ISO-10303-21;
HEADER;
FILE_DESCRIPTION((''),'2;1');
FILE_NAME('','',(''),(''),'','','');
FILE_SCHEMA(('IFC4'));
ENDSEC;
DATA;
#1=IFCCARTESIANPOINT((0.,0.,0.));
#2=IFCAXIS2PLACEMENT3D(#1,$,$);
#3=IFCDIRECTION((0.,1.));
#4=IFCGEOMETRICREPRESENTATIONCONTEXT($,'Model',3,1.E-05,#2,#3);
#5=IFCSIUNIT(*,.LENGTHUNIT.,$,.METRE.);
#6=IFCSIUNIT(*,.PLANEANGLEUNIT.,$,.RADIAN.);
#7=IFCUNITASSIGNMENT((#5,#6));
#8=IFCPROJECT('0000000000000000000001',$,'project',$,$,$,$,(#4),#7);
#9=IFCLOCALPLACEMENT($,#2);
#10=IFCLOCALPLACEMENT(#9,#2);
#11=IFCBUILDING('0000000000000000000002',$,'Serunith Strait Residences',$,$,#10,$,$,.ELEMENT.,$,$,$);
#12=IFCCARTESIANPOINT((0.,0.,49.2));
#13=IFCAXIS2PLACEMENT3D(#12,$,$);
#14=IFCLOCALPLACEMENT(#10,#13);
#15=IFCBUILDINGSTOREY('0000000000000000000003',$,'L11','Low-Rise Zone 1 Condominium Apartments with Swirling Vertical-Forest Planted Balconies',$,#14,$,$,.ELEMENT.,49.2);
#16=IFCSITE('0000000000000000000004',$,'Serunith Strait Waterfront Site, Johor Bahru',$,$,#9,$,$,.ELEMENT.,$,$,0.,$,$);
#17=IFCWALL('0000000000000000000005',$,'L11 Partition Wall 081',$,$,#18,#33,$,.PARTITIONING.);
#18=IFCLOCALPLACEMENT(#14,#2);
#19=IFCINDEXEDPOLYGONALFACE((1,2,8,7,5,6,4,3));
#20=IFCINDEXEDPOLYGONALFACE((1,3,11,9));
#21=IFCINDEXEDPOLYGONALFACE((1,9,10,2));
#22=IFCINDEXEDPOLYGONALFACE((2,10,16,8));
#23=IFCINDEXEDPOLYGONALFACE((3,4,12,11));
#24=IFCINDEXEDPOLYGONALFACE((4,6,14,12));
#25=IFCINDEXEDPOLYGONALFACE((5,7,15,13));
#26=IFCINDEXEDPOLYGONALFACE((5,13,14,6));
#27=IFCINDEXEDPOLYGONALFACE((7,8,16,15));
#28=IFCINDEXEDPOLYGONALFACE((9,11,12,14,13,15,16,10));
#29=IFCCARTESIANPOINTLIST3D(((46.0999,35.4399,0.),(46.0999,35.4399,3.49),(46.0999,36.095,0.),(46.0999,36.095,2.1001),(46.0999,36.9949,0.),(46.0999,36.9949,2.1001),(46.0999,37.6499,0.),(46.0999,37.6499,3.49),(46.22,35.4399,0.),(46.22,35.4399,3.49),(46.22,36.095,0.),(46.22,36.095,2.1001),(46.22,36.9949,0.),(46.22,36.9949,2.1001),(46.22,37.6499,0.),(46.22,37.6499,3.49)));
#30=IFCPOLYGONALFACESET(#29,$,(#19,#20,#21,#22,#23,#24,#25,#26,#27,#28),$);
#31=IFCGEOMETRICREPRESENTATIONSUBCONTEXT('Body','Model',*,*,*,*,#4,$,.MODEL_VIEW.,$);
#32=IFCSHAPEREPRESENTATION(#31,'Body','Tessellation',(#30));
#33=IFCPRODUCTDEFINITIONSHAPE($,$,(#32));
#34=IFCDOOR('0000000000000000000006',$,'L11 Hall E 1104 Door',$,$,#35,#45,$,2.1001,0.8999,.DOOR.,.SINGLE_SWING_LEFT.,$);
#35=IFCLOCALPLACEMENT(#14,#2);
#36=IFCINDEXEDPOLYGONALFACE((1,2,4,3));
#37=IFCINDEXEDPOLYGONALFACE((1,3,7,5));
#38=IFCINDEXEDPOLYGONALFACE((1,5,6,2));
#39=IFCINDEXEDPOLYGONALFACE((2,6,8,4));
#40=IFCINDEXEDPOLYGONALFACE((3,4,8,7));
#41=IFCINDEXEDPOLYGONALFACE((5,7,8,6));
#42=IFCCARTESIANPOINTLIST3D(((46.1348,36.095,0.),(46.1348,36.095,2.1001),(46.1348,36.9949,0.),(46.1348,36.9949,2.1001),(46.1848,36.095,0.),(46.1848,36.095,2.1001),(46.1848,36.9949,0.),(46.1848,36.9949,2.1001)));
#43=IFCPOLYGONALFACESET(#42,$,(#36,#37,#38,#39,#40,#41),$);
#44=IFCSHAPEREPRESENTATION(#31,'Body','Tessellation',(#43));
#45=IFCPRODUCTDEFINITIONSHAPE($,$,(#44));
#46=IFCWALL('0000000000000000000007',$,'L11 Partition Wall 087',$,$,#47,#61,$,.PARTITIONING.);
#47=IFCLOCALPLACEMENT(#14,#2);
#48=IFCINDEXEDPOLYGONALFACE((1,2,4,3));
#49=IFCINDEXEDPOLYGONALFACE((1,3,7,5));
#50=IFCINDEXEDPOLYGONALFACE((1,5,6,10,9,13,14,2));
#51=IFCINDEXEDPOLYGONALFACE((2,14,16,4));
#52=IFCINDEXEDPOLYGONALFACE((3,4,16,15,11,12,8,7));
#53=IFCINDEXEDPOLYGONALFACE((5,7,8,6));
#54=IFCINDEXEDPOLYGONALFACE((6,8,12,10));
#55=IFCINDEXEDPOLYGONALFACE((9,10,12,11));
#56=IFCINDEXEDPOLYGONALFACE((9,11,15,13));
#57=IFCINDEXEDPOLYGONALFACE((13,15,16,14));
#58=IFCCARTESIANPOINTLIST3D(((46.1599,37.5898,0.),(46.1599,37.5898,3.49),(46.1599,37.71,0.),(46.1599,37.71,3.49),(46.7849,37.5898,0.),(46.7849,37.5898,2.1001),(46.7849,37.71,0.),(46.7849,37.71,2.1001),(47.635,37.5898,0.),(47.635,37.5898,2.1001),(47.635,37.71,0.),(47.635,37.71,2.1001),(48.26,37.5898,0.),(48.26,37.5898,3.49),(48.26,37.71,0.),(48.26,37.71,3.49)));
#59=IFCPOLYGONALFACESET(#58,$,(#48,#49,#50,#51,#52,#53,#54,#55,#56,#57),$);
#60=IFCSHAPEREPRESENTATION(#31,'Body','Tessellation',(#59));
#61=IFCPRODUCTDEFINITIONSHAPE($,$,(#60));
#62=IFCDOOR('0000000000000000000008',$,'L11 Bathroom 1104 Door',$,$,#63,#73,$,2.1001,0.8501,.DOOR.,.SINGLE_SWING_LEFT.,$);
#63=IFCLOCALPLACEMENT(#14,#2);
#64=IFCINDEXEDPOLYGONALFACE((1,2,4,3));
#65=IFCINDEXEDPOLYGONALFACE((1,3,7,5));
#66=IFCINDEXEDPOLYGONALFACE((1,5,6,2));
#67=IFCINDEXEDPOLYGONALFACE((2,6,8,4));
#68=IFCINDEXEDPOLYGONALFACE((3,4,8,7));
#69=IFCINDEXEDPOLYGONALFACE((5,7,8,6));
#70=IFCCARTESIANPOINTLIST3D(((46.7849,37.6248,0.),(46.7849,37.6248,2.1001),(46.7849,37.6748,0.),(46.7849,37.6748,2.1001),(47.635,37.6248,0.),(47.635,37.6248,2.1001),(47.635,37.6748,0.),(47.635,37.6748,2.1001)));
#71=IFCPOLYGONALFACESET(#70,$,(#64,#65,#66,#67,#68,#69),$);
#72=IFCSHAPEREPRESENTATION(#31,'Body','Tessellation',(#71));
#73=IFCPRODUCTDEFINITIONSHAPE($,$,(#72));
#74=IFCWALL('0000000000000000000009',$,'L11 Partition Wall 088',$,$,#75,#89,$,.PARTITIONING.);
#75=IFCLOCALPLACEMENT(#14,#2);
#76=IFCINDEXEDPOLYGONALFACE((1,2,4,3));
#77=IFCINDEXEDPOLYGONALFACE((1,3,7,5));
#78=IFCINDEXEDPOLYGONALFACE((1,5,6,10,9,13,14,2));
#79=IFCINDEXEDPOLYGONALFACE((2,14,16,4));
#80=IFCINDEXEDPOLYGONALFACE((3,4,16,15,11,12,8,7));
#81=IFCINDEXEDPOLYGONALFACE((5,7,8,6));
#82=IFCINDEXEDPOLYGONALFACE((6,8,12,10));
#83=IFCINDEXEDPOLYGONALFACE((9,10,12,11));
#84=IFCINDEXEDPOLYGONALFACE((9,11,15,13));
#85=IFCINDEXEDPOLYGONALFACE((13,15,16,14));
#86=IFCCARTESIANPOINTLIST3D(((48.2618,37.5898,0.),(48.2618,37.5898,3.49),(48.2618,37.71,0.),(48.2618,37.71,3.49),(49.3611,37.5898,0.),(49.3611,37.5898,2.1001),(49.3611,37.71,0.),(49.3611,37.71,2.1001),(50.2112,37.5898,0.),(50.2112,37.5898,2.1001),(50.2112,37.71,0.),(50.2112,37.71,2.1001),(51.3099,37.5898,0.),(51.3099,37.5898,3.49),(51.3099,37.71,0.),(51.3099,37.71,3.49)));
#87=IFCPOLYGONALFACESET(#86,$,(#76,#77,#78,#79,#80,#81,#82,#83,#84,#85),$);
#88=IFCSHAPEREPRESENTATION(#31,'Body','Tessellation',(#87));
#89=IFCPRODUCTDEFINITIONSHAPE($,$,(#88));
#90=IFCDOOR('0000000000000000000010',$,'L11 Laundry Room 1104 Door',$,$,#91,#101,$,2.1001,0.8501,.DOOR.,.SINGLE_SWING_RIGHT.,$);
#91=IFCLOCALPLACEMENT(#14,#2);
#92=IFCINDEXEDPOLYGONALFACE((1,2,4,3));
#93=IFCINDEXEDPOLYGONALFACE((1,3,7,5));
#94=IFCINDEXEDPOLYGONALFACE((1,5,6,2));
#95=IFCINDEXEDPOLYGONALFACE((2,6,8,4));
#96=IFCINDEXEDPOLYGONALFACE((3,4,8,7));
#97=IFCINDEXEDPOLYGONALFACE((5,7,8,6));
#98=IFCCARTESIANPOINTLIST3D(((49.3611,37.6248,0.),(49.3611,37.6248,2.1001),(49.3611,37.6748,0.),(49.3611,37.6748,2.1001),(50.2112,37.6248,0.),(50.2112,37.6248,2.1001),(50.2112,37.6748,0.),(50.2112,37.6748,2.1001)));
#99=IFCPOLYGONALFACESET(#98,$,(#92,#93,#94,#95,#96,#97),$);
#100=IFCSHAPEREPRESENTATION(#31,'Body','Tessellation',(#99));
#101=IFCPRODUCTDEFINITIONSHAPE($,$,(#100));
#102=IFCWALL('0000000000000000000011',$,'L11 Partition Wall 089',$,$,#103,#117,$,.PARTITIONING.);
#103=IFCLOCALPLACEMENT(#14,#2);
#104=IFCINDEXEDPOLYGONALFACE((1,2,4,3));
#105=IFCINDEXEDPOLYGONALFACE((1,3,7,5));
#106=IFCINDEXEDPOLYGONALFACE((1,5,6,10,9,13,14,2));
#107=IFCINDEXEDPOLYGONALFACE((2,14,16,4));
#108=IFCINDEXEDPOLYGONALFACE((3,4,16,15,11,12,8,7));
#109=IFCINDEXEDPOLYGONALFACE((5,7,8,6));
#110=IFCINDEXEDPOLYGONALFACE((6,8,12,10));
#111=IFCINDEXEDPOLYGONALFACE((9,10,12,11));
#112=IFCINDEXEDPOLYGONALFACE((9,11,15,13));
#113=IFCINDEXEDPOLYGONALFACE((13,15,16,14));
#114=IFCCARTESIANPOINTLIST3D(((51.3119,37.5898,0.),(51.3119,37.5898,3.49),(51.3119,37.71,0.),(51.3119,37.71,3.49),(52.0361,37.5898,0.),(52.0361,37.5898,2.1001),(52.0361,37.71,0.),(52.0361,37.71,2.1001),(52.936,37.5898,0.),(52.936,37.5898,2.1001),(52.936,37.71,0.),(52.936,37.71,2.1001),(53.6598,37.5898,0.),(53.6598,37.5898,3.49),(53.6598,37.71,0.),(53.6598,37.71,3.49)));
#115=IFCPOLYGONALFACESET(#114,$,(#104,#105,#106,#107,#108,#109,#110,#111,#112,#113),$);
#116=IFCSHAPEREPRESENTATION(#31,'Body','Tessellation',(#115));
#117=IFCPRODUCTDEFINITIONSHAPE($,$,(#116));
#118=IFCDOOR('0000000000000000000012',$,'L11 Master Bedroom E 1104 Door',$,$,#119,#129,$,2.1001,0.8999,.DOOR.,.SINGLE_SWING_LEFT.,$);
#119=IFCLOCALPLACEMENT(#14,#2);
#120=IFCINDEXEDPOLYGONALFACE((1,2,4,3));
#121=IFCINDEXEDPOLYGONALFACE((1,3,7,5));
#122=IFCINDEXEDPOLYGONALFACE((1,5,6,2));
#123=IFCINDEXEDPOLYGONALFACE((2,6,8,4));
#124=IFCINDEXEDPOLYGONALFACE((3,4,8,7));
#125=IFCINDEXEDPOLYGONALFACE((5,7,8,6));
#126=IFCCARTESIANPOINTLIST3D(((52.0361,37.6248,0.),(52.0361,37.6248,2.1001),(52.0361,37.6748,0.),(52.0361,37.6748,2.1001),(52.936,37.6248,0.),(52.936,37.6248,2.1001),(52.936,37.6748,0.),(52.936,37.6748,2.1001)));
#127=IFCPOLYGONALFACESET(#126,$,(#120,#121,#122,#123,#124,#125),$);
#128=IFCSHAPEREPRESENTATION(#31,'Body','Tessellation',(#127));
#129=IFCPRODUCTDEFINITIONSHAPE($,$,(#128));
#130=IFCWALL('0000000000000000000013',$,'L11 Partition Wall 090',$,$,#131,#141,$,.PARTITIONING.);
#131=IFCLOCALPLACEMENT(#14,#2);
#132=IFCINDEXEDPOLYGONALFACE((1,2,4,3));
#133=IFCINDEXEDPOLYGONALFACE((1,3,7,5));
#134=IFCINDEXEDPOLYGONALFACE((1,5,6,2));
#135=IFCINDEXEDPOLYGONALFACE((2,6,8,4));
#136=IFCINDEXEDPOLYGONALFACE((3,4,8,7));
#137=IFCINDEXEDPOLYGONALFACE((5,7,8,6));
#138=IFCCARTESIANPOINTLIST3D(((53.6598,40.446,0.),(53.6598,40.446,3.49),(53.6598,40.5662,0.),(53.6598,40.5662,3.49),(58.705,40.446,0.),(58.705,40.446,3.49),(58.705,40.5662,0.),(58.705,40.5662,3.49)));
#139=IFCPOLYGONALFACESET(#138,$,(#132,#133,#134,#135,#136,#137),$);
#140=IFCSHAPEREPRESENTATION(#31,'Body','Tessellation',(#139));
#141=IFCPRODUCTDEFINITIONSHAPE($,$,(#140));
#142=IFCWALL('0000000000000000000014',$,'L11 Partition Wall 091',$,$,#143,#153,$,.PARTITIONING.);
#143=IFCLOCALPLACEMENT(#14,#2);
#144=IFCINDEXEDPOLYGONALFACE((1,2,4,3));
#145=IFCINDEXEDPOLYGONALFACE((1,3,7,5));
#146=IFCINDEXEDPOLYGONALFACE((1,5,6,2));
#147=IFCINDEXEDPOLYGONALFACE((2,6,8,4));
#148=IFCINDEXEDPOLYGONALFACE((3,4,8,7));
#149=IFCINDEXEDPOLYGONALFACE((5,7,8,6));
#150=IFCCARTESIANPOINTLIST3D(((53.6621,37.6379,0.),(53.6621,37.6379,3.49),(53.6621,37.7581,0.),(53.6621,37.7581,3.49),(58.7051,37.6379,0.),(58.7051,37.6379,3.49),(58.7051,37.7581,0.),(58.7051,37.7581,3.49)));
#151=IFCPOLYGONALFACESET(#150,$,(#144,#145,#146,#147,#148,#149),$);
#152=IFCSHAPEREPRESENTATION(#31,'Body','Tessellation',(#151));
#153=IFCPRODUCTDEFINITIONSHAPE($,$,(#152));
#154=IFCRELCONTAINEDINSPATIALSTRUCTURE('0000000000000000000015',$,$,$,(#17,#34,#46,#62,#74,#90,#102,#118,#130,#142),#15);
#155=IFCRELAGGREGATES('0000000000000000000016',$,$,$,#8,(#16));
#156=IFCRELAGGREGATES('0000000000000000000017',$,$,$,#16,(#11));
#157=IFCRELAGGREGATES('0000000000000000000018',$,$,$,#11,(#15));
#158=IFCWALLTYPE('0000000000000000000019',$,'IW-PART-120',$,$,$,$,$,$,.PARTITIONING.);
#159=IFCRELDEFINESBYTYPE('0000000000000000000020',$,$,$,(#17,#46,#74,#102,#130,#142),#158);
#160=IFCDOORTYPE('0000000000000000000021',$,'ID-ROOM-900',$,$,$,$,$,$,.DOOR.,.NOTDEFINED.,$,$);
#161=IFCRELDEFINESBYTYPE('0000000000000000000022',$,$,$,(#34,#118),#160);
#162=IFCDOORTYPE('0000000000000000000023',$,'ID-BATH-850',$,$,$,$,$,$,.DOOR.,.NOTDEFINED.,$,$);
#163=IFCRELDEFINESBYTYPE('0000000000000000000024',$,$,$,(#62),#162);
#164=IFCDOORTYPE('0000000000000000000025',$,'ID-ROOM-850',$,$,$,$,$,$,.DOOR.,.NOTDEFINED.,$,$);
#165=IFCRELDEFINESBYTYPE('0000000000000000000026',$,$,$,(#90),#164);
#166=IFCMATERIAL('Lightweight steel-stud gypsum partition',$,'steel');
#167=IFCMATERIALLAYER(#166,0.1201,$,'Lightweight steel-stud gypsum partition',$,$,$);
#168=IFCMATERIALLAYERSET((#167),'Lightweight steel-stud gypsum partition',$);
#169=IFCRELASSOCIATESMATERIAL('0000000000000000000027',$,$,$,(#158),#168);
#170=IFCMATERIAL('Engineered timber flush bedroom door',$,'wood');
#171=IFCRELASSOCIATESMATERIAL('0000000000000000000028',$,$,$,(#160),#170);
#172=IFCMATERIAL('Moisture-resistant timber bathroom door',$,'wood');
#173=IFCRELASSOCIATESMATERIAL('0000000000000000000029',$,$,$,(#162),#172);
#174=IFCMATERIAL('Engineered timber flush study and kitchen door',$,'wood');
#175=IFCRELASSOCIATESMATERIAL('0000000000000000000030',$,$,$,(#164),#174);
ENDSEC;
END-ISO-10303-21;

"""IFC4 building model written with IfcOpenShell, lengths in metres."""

from ifc_helpers import new_model, si_unit, direction, frame, frame_2d, origin, place, context, subcontext, project, spatial, rectangle, extrude, source, transform, mapped, material, layer, layer_set, type_object, element, fill, save


model = new_model("IFC4")

# Units and contexts
model_context = context("Model", 3, precision=1e-05, world=origin(), true_north=direction((0.0, 1.0)))
body_context = subcontext(model_context, "Body", "Model", "MODEL_VIEW")
ifc_project = project(units=[si_unit("LENGTHUNIT", "METRE"), si_unit("PLANEANGLEUNIT", "RADIAN")], contexts=[model_context])

# Site, building, storey
site_placement = place(None, origin())
site = spatial("IfcSite", under=ifc_project, at=site_placement, Name="Serunith Strait Waterfront Site, Johor Bahru", CompositionType="ELEMENT", RefElevation=0.0)
building_placement = place(site_placement, origin())
building = spatial("IfcBuilding", under=site, at=building_placement, Name="Serunith Strait Residences", CompositionType="ELEMENT")
storey_placement = place(building_placement, frame((0.0, 0.0, 49.2)))
storey = spatial("IfcBuildingStorey", under=building, at=storey_placement, Name="L11", Description="Low-Rise Zone 1 Condominium Apartments with Swirling Vertical-Forest Planted Balconies", CompositionType="ELEMENT", Elevation=49.2)

# Walls, openings, doors
ifc_material_1 = material(Name="Lightweight steel-stud gypsum partition", Category="steel")
ifc_layer_1 = layer(ifc_material_1, 0.1201, Name="Lightweight steel-stud gypsum partition")
ifc_layer_set_1 = layer_set([ifc_layer_1], Name="Lightweight steel-stud gypsum partition")
wall_type = type_object("IfcWallType", Name="IW-PART-120", PredefinedType="PARTITIONING", material=ifc_layer_set_1)
wall_1_placement = place(storey_placement, frame((46.1599, 37.6499, 0.0), z_axis=(0.0, 0.0, 1.0), x_axis=(0.0, -1.0, 0.0)))
wall_1 = element("IfcWall", 1, at=wall_1_placement, inside=storey, type_object=wall_type, Name="L11 Partition Wall 081", PredefinedType="PARTITIONING", context=body_context, shape_type="SweptSolid", body=[
    extrude(rectangle(XDim=2.21, YDim=0.1201, at=frame_2d((1.105, 0.0))), origin(), (0.0, 0.0, 1.0), 3.49),
])
opening_1_placement = place(wall_1_placement, frame((0.655, 0.0, 0.0)))
opening_1 = element("IfcOpeningElement", 2, at=opening_1_placement, cuts=wall_1, PredefinedType="OPENING", context=body_context, shape_type="SweptSolid", body=[
    extrude(rectangle(XDim=0.8999, YDim=2.1001, at=frame_2d((0.45, 1.05))), frame((0.0, 0.0701, 0.0), z_axis=(0.0, -1.0, 0.0), x_axis=(1.0, 0.0, 0.0)), (0.0, 0.0, 1.0), 0.1401),
])
ifc_material_2 = material(Name="Engineered timber flush bedroom door", Category="wood")
door_type_1 = type_object("IfcDoorType", Name="ID-ROOM-900", OperationType="NOTDEFINED", PredefinedType="DOOR", material=ifc_material_2)
shared_shape_1 = source(origin(), body_context, "Body", "SweptSolid", [
    extrude(rectangle(XDim=0.8999, YDim=2.1001, at=frame_2d((0.45, 1.05))), frame((0.0, 0.0249, 0.0), z_axis=(0.0, -1.0, 0.0), x_axis=(1.0, 0.0, 0.0)), (0.0, 0.0, 1.0), 0.05),
])
door_1_placement = place(opening_1_placement, origin())
door_1 = element("IfcDoor", 3, at=door_1_placement, inside=storey, type_object=door_type_1, Name="L11 Hall E 1104 Door", OperationType="SINGLE_SWING_LEFT", OverallHeight=2.1001, OverallWidth=0.8999, PredefinedType="DOOR", context=body_context, shape_type="MappedRepresentation", body=[
    mapped(shared_shape_1, transform((0.0, 0.0, 0.0), scale=1.0)),
])
fill(opening_1, door_1)
wall_2_placement = place(storey_placement, frame((46.1599, 37.6499, 0.0), z_axis=(0.0, 0.0, 1.0), x_axis=(1.0, 0.0, 0.0)))
wall_2 = element("IfcWall", 4, at=wall_2_placement, inside=storey, type_object=wall_type, Name="L11 Partition Wall 087", PredefinedType="PARTITIONING", context=body_context, shape_type="SweptSolid", body=[
    extrude(rectangle(XDim=2.1001, YDim=0.1201, at=frame_2d((1.05, 0.0))), origin(), (0.0, 0.0, 1.0), 3.49),
])
opening_2_placement = place(wall_2_placement, frame((0.625, 0.0, 0.0)))
opening_2 = element("IfcOpeningElement", 5, at=opening_2_placement, cuts=wall_2, PredefinedType="OPENING", context=body_context, shape_type="SweptSolid", body=[
    extrude(rectangle(XDim=0.8501, YDim=2.1001, at=frame_2d((0.425, 1.05))), frame((0.0, 0.0701, 0.0), z_axis=(0.0, -1.0, 0.0), x_axis=(1.0, 0.0, 0.0)), (0.0, 0.0, 1.0), 0.1401),
])
ifc_material_3 = material(Name="Moisture-resistant timber bathroom door", Category="wood")
door_type_2 = type_object("IfcDoorType", Name="ID-BATH-850", OperationType="NOTDEFINED", PredefinedType="DOOR", material=ifc_material_3)
shared_shape_2 = source(origin(), body_context, "Body", "SweptSolid", [
    extrude(rectangle(XDim=0.8501, YDim=2.1001, at=frame_2d((0.425, 1.05))), frame((0.0, 0.0249, 0.0), z_axis=(0.0, -1.0, 0.0), x_axis=(1.0, 0.0, 0.0)), (0.0, 0.0, 1.0), 0.05),
])
door_2_placement = place(opening_2_placement, origin())
door_2 = element("IfcDoor", 6, at=door_2_placement, inside=storey, type_object=door_type_2, Name="L11 Bathroom 1104 Door", OperationType="SINGLE_SWING_LEFT", OverallHeight=2.1001, OverallWidth=0.8501, PredefinedType="DOOR", context=body_context, shape_type="MappedRepresentation", body=[
    mapped(shared_shape_2, transform((0.0, 0.0, 0.0), scale=1.0)),
])
fill(opening_2, door_2)
wall_3_placement = place(storey_placement, frame((48.262, 37.6499, 0.0), z_axis=(0.0, 0.0, 1.0), x_axis=(1.0, 0.0, 0.0)))
wall_3 = element("IfcWall", 7, at=wall_3_placement, inside=storey, type_object=wall_type, Name="L11 Partition Wall 088", PredefinedType="PARTITIONING", context=body_context, shape_type="SweptSolid", body=[
    extrude(rectangle(XDim=3.0481, YDim=0.1201, at=frame_2d((1.5239, 0.0))), origin(), (0.0, 0.0, 1.0), 3.49),
])
opening_3_placement = place(wall_3_placement, frame((1.0991, 0.0, 0.0)))
opening_3 = element("IfcOpeningElement", 8, at=opening_3_placement, cuts=wall_3, PredefinedType="OPENING", context=body_context, shape_type="SweptSolid", body=[
    extrude(rectangle(XDim=0.8501, YDim=2.1001, at=frame_2d((0.425, 1.05))), frame((0.0, 0.0701, 0.0), z_axis=(0.0, -1.0, 0.0), x_axis=(1.0, 0.0, 0.0)), (0.0, 0.0, 1.0), 0.1401),
])
ifc_material_4 = material(Name="Engineered timber flush study and kitchen door", Category="wood")
door_type_3 = type_object("IfcDoorType", Name="ID-ROOM-850", OperationType="NOTDEFINED", PredefinedType="DOOR", material=ifc_material_4)
door_3_placement = place(opening_3_placement, origin())
door_3 = element("IfcDoor", 9, at=door_3_placement, inside=storey, type_object=door_type_3, Name="L11 Laundry Room 1104 Door", OperationType="SINGLE_SWING_RIGHT", OverallHeight=2.1001, OverallWidth=0.8501, PredefinedType="DOOR", context=body_context, shape_type="MappedRepresentation", body=[
    mapped(shared_shape_2, transform((0.0, 0.0, 0.0), scale=1.0)),
])
fill(opening_3, door_3)
wall_4_placement = place(storey_placement, frame((51.312, 37.6499, 0.0), z_axis=(0.0, 0.0, 1.0), x_axis=(1.0, 0.0, 0.0)))
wall_4 = element("IfcWall", 10, at=wall_4_placement, inside=storey, type_object=wall_type, Name="L11 Partition Wall 089", PredefinedType="PARTITIONING", context=body_context, shape_type="SweptSolid", body=[
    extrude(rectangle(XDim=2.3479, YDim=0.1201, at=frame_2d((1.1738, 0.0))), origin(), (0.0, 0.0, 1.0), 3.49),
])
opening_4_placement = place(wall_4_placement, frame((0.7241, 0.0, 0.0)))
opening_4 = element("IfcOpeningElement", 11, at=opening_4_placement, cuts=wall_4, PredefinedType="OPENING", context=body_context, shape_type="SweptSolid", body=[
    extrude(rectangle(XDim=0.8999, YDim=2.1001, at=frame_2d((0.45, 1.05))), frame((0.0, 0.0701, 0.0), z_axis=(0.0, -1.0, 0.0), x_axis=(1.0, 0.0, 0.0)), (0.0, 0.0, 1.0), 0.1401),
])
door_4_placement = place(opening_4_placement, origin())
door_4 = element("IfcDoor", 12, at=door_4_placement, inside=storey, type_object=door_type_1, Name="L11 Master Bedroom E 1104 Door", OperationType="SINGLE_SWING_LEFT", OverallHeight=2.1001, OverallWidth=0.8999, PredefinedType="DOOR", context=body_context, shape_type="MappedRepresentation", body=[
    mapped(shared_shape_1, transform((0.0, 0.0, 0.0), scale=1.0)),
])
fill(opening_4, door_4)

# Walls
wall_5_placement = place(storey_placement, frame((53.6599, 40.5061, 0.0), z_axis=(0.0, 0.0, 1.0), x_axis=(1.0, 0.0, 0.0)))
element("IfcWall", 13, at=wall_5_placement, inside=storey, type_object=wall_type, Name="L11 Partition Wall 090", PredefinedType="PARTITIONING", context=body_context, shape_type="SweptSolid", body=[
    extrude(rectangle(XDim=5.0452, YDim=0.1201, at=frame_2d((2.5225, 0.0))), origin(), (0.0, 0.0, 1.0), 3.49),
])
wall_6_placement = place(storey_placement, frame((53.6621, 37.698, 0.0), z_axis=(0.0, 0.0, 1.0), x_axis=(1.0, 0.0, 0.0)))
element("IfcWall", 14, at=wall_6_placement, inside=storey, type_object=wall_type, Name="L11 Partition Wall 091", PredefinedType="PARTITIONING", context=body_context, shape_type="SweptSolid", body=[
    extrude(rectangle(XDim=5.043, YDim=0.1201, at=frame_2d((2.5215, 0.0))), origin(), (0.0, 0.0, 1.0), 3.49),
])

save(model, "model.ifc")
